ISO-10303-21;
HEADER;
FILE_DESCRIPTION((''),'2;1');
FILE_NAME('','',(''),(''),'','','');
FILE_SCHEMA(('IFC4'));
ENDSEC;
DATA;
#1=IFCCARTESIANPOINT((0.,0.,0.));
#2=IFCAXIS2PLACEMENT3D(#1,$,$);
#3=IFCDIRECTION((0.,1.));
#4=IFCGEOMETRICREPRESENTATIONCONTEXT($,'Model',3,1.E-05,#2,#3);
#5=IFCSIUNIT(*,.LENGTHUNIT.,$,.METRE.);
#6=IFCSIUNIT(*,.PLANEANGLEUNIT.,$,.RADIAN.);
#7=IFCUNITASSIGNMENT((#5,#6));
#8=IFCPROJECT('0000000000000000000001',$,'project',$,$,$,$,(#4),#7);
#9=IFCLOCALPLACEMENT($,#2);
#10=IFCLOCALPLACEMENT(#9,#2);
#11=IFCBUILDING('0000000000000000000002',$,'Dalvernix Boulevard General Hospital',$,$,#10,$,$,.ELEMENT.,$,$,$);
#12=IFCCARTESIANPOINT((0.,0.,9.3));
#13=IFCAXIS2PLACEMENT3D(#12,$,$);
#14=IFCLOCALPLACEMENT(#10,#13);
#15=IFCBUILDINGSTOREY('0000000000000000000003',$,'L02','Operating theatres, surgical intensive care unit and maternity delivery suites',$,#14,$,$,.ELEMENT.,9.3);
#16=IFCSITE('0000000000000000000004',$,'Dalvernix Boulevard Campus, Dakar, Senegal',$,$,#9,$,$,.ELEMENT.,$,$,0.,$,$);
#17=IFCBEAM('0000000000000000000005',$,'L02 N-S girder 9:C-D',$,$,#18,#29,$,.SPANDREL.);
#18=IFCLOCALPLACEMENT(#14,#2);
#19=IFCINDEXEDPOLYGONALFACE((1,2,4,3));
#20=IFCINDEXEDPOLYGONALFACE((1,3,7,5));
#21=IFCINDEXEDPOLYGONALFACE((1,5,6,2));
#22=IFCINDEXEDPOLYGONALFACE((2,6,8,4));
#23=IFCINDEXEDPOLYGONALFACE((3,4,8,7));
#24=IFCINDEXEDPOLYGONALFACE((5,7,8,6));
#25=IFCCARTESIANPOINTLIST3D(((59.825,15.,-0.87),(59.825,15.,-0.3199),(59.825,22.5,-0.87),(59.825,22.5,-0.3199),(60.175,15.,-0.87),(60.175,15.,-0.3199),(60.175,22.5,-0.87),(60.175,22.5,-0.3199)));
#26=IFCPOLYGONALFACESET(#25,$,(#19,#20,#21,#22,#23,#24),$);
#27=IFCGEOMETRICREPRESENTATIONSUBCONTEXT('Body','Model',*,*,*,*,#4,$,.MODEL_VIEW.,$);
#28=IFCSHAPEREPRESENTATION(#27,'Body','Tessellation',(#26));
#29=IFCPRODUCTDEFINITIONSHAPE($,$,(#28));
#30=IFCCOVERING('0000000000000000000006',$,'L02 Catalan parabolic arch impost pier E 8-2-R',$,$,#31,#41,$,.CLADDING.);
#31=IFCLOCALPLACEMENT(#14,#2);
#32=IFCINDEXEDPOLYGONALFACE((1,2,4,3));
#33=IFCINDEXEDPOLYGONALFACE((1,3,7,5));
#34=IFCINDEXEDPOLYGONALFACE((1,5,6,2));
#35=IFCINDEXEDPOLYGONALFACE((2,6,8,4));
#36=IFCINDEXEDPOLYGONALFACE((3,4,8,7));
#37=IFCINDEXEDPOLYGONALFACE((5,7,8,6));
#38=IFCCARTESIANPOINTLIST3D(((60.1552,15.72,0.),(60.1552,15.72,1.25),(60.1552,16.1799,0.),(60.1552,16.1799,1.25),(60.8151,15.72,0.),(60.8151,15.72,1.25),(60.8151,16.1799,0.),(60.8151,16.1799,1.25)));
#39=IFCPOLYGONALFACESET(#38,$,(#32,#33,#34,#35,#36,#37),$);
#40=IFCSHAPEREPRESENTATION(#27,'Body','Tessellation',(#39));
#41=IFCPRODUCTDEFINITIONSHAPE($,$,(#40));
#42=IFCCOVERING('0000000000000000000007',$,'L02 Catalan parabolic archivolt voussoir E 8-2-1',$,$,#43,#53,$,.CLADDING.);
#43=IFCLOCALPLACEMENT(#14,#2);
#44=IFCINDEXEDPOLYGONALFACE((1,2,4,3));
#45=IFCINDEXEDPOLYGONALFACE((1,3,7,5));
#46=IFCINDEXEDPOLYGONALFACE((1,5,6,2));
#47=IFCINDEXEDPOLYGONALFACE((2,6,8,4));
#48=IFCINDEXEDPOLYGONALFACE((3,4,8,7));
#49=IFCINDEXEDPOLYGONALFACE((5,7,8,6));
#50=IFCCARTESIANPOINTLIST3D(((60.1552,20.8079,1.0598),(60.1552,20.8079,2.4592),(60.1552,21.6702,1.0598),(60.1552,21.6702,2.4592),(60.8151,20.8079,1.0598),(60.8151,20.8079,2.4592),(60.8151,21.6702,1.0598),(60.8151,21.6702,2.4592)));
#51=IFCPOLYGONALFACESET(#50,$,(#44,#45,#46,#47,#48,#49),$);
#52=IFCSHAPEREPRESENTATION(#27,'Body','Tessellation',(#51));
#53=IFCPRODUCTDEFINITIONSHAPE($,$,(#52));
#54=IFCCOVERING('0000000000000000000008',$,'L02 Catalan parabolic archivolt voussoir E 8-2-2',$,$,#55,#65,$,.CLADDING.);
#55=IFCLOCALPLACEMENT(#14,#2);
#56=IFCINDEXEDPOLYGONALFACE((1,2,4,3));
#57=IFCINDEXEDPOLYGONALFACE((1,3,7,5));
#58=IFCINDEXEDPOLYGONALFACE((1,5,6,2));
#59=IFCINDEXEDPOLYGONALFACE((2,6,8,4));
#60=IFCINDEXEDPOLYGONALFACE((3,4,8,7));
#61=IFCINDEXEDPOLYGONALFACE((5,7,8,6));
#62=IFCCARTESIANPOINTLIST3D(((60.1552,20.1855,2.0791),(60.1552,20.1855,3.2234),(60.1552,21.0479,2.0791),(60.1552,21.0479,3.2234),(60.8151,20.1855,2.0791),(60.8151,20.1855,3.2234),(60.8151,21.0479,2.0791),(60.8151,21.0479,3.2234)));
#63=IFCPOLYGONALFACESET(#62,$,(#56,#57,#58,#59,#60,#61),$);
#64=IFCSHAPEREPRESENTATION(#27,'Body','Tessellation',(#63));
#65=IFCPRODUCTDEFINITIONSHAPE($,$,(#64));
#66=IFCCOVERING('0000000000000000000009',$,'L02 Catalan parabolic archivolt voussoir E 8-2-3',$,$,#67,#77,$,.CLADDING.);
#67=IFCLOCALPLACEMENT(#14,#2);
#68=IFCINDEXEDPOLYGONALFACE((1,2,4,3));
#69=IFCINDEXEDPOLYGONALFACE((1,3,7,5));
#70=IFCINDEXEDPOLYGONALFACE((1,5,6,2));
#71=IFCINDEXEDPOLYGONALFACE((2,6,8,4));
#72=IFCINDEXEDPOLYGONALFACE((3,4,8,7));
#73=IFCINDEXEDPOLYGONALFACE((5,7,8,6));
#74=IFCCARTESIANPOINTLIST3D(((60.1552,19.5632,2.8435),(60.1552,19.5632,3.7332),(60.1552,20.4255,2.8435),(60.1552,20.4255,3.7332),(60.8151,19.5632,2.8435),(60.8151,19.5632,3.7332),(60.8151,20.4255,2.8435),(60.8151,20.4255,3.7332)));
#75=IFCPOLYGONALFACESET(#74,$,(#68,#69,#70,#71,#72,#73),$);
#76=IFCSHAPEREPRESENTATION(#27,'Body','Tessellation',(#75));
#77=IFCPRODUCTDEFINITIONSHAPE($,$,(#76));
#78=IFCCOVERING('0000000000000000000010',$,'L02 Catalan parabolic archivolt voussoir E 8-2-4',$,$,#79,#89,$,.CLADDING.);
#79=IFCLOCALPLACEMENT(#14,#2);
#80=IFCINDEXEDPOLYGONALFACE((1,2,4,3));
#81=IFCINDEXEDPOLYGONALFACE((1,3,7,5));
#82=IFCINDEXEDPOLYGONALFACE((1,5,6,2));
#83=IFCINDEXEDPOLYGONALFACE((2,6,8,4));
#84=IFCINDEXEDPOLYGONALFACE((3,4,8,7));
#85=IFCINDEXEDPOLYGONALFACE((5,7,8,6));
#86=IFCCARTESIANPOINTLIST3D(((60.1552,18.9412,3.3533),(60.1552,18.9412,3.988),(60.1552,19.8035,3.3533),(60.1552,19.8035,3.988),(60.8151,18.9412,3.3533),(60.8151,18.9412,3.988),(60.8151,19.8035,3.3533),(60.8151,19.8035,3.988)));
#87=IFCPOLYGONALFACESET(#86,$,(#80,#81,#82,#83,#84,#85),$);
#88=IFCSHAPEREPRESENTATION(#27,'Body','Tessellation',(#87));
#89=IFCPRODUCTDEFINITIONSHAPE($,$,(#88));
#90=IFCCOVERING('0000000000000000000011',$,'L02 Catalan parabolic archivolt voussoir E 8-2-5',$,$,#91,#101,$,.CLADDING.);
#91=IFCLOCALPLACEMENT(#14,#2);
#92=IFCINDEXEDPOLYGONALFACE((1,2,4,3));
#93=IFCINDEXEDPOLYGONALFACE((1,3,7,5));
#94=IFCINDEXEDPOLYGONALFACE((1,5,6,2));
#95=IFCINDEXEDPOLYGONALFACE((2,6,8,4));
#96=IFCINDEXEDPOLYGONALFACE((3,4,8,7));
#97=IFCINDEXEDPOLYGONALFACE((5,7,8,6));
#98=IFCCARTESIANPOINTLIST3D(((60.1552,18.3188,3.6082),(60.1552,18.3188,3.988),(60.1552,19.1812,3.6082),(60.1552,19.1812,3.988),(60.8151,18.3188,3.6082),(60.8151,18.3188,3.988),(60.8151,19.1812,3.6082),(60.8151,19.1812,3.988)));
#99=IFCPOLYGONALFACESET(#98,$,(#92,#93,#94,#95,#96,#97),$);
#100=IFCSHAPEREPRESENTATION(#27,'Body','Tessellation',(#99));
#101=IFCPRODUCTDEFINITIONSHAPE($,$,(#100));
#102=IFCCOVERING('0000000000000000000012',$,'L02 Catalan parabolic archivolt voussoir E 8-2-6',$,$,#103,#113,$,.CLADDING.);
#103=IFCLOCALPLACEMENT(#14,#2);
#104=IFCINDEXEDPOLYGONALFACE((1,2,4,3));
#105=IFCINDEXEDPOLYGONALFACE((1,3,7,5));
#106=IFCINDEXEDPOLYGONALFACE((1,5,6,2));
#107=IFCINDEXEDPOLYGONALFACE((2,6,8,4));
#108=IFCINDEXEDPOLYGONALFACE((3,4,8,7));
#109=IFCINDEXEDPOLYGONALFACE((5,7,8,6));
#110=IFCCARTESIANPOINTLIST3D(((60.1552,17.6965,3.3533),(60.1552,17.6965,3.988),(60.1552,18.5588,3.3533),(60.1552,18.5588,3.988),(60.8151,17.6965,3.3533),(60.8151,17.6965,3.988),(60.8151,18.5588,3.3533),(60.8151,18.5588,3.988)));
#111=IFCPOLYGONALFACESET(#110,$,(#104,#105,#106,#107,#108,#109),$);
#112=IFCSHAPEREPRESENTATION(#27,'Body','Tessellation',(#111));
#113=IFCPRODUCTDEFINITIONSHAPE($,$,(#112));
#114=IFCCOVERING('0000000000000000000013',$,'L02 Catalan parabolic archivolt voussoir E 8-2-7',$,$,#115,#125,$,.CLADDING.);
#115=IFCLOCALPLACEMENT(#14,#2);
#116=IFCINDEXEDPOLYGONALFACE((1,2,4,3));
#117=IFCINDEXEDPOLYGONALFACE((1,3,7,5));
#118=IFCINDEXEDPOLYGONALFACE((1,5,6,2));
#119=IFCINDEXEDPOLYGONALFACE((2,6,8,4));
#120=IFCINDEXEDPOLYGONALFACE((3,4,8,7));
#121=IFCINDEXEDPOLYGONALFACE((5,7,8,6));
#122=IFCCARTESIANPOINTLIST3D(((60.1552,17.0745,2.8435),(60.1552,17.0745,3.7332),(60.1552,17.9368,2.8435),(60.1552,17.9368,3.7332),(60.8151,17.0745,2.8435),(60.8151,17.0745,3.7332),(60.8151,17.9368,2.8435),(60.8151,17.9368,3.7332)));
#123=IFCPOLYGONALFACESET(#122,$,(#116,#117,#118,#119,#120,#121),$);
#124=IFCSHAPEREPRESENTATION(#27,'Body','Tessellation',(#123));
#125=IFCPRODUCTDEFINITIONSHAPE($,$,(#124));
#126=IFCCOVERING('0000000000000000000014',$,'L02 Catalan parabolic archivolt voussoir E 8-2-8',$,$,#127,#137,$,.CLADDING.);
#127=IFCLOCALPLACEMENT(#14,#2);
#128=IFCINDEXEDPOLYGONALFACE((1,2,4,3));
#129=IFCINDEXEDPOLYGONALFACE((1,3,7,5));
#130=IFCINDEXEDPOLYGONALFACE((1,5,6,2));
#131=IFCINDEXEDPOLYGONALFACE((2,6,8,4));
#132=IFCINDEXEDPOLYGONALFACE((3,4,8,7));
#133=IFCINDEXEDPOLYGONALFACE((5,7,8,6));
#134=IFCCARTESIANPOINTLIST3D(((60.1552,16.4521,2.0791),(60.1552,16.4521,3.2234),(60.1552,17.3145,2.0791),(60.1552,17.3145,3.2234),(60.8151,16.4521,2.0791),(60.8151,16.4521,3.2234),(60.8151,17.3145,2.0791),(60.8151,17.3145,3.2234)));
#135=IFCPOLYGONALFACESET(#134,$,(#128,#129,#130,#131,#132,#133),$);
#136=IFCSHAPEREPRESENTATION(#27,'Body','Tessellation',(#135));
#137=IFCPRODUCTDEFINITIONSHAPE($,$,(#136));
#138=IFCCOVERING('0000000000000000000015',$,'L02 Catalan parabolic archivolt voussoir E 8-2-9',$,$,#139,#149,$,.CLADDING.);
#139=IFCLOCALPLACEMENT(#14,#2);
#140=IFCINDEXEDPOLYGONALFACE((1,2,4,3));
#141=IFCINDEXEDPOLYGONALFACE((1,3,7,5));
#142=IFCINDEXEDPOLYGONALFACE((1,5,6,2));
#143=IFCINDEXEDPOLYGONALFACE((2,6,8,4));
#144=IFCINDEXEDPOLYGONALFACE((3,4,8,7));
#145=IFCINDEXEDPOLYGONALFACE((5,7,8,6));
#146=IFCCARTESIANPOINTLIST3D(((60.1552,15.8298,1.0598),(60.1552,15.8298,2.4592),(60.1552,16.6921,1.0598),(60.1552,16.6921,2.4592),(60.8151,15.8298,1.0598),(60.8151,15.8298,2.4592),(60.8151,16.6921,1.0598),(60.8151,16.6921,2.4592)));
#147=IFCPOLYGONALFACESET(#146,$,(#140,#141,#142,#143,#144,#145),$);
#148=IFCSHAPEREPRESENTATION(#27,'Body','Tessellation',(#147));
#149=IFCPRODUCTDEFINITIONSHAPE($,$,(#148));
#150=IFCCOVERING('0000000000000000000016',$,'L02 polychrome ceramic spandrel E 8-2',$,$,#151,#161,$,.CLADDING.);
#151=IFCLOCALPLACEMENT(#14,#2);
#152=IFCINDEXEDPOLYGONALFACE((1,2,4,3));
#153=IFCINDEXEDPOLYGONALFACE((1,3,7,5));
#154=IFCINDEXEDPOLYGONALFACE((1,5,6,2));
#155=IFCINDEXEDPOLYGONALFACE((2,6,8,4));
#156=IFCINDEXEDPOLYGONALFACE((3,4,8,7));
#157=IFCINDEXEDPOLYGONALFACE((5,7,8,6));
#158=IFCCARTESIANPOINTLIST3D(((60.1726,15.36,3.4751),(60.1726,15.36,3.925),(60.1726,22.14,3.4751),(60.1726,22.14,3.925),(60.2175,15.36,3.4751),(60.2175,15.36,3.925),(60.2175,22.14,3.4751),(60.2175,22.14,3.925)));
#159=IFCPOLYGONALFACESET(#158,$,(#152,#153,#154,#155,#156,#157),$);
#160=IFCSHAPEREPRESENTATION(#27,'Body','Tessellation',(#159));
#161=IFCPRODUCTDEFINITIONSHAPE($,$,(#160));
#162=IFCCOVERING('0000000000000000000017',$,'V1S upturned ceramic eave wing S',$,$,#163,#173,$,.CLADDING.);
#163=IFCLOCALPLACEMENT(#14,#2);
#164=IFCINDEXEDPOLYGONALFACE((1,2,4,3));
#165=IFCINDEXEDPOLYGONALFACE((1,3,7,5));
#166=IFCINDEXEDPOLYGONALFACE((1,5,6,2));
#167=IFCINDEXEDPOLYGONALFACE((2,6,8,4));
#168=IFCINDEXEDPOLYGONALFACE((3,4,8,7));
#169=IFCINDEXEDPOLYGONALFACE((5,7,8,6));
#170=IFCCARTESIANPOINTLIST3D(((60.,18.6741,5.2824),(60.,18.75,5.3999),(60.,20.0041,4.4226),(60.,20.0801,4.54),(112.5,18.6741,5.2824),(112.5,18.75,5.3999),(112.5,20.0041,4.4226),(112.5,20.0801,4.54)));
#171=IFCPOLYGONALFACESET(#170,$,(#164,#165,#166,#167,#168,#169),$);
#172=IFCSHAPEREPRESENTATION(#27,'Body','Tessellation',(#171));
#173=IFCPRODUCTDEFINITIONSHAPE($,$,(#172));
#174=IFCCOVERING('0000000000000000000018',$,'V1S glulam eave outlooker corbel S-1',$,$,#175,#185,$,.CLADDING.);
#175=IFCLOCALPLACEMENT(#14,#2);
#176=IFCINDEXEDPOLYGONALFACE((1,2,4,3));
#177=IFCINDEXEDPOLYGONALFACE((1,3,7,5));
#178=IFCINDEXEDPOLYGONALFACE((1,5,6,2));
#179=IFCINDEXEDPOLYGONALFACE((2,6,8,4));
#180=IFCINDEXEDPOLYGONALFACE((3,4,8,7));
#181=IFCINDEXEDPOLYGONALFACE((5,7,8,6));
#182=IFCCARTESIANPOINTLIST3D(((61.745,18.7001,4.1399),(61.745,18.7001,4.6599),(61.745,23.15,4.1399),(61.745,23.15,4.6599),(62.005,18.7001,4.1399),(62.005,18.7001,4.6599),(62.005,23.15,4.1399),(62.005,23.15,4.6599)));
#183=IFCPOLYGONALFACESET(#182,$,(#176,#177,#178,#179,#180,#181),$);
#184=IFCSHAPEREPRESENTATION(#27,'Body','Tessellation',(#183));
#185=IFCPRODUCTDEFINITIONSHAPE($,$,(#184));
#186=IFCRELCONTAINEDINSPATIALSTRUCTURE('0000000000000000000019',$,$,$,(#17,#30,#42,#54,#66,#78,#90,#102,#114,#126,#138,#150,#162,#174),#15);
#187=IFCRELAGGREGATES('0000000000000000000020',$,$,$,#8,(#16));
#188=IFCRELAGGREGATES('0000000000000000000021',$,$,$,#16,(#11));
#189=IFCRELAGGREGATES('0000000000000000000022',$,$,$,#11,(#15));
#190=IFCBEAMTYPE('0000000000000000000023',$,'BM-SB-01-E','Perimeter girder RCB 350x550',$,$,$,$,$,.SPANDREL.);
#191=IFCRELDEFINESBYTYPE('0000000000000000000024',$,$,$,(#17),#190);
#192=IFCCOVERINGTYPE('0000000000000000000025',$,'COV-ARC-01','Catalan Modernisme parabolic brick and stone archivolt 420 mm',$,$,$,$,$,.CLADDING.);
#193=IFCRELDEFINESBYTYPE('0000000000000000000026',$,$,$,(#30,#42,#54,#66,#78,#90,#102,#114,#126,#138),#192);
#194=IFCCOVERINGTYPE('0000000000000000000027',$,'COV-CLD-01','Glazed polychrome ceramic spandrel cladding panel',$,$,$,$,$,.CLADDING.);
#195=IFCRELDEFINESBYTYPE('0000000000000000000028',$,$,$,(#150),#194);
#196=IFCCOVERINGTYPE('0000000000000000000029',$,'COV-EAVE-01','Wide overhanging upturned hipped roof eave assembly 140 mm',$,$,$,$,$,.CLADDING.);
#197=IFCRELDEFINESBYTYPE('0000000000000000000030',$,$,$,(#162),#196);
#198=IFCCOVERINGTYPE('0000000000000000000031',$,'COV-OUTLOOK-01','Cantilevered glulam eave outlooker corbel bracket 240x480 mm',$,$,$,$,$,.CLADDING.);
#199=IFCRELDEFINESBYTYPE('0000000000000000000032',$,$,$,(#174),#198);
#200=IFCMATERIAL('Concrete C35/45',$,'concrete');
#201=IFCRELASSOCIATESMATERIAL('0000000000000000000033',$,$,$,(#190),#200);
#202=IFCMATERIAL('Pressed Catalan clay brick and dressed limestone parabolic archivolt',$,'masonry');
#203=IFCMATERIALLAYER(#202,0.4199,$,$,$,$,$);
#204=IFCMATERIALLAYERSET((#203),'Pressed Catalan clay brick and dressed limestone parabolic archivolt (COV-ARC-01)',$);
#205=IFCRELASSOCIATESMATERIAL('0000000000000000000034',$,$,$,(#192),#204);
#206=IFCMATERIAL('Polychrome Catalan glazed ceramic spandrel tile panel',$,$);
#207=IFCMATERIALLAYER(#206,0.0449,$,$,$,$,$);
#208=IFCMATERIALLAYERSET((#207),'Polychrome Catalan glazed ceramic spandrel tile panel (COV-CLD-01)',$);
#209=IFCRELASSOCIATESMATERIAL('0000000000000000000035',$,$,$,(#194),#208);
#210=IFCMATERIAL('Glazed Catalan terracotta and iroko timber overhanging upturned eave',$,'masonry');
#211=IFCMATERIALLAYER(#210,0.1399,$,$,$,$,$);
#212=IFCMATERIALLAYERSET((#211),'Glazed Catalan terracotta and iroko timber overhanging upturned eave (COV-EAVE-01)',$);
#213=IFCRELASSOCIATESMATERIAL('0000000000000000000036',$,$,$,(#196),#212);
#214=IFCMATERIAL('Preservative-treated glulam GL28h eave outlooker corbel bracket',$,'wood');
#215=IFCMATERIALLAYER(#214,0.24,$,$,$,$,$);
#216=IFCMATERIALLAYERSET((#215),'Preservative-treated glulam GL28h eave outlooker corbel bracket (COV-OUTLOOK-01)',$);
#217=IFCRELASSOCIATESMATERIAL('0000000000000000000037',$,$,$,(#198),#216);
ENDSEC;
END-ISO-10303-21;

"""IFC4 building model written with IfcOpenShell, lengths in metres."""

from ifc_helpers import new_model, si_unit, direction, frame, origin, origin_2d, place, context, subcontext, project, spatial, polyline, rectangle, outline, extrude, material, layer, layer_set, material_profile, profile_set, type_object, element, save


model = new_model("IFC4")

# Units and contexts
model_context = context("Model", 3, precision=1e-05, world=origin(), true_north=direction((0.0, 1.0)))
body_context = subcontext(model_context, "Body", "Model", "MODEL_VIEW")
ifc_project = project(units=[si_unit("LENGTHUNIT", "METRE"), si_unit("PLANEANGLEUNIT", "RADIAN")], contexts=[model_context])

# Site, building, storey
site_placement = place(None, origin())
site = spatial("IfcSite", under=ifc_project, at=site_placement, Name="Dalvernix Boulevard Campus, Dakar, Senegal", CompositionType="ELEMENT", RefElevation=0.0)
building_placement = place(site_placement, origin())
building = spatial("IfcBuilding", under=site, at=building_placement, Name="Dalvernix Boulevard General Hospital", CompositionType="ELEMENT")
storey_placement = place(building_placement, frame((0.0, 0.0, 9.3)))
storey = spatial("IfcBuildingStorey", under=building, at=storey_placement, Name="L02", Description="Operating theatres, surgical intensive care unit and maternity delivery suites", CompositionType="ELEMENT", Elevation=9.3)

# Beam
ifc_material_1 = material(Name="Concrete C35/45", Category="concrete")
ifc_material_profile = material_profile(ifc_material_1, rectangle(XDim=0.3501, YDim=0.55, at=origin_2d()), Name="RCB 350x550")
ifc_profile_set = profile_set([ifc_material_profile], Name="Concrete C35/45")
beam_type = type_object("IfcBeamType", Name="BM-SB-01-E", Description="Perimeter girder RCB 350x550", PredefinedType="SPANDREL", material=ifc_profile_set)
beam_placement = place(storey_placement, frame((60.0, 15.0, -0.595), z_axis=(0.0, 1.0, 0.0), x_axis=(-1.0, 0.0, 0.0)))
element("IfcBeam", 1, at=beam_placement, inside=storey, type_object=beam_type, Name="L02 N-S girder 9:C-D", PredefinedType="SPANDREL", context=body_context, shape_type="SweptSolid", body=[
    extrude(rectangle(XDim=0.3501, YDim=0.55, at=origin_2d()), origin(), (0.0, 0.0, 1.0), 7.5),
])

# Coverings
ifc_material_2 = material(Name="Pressed Catalan clay brick and dressed limestone parabolic archivolt", Category="masonry")
ifc_layer_1 = layer(ifc_material_2, 0.4199)
ifc_layer_set_1 = layer_set([ifc_layer_1], Name="Pressed Catalan clay brick and dressed limestone parabolic archivolt (COV-ARC-01)")
covering_type_1 = type_object("IfcCoveringType", Name="COV-ARC-01", Description="Catalan Modernisme parabolic brick and stone archivolt 420 mm", PredefinedType="CLADDING", material=ifc_layer_set_1)
covering_1_placement = place(storey_placement, frame((60.4851, 15.95, 0.0), z_axis=(0.0, 0.0, 1.0), x_axis=(0.0, -1.0, 0.0)))
element("IfcCovering", 2, at=covering_1_placement, inside=storey, type_object=covering_type_1, Name="L02 Catalan parabolic arch impost pier E 8-2-R", PredefinedType="CLADDING", context=body_context, shape_type="SweptSolid", body=[
    extrude(rectangle(XDim=0.46, YDim=0.6599, at=origin_2d()), origin(), (0.0, 0.0, 1.0), 1.25),
])
covering_2_placement = place(storey_placement, frame((60.4851, 21.239, 1.0598), z_axis=(0.0, 0.0, 1.0), x_axis=(0.0, -1.0, 0.0)))
element("IfcCovering", 3, at=covering_2_placement, inside=storey, type_object=covering_type_1, Name="L02 Catalan parabolic archivolt voussoir E 8-2-1", PredefinedType="CLADDING", context=body_context, shape_type="SweptSolid", body=[
    extrude(rectangle(XDim=0.8623, YDim=0.6599, at=origin_2d()), origin(), (0.0, 0.0, 1.0), 1.3994),
])
covering_3_placement = place(storey_placement, frame((60.4851, 20.6167, 2.0791), z_axis=(0.0, 0.0, 1.0), x_axis=(0.0, -1.0, 0.0)))
element("IfcCovering", 4, at=covering_3_placement, inside=storey, type_object=covering_type_1, Name="L02 Catalan parabolic archivolt voussoir E 8-2-2", PredefinedType="CLADDING", context=body_context, shape_type="SweptSolid", body=[
    extrude(rectangle(XDim=0.8623, YDim=0.6599, at=origin_2d()), origin(), (0.0, 0.0, 1.0), 1.1443),
])
covering_4_placement = place(storey_placement, frame((60.4851, 19.9944, 2.8435), z_axis=(0.0, 0.0, 1.0), x_axis=(0.0, -1.0, 0.0)))
element("IfcCovering", 5, at=covering_4_placement, inside=storey, type_object=covering_type_1, Name="L02 Catalan parabolic archivolt voussoir E 8-2-3", PredefinedType="CLADDING", context=body_context, shape_type="SweptSolid", body=[
    extrude(rectangle(XDim=0.8623, YDim=0.6599, at=origin_2d()), origin(), (0.0, 0.0, 1.0), 0.8896),
])
covering_5_placement = place(storey_placement, frame((60.4851, 19.3723, 3.3533), z_axis=(0.0, 0.0, 1.0), x_axis=(0.0, -1.0, 0.0)))
element("IfcCovering", 6, at=covering_5_placement, inside=storey, type_object=covering_type_1, Name="L02 Catalan parabolic archivolt voussoir E 8-2-4", PredefinedType="CLADDING", context=body_context, shape_type="SweptSolid", body=[
    extrude(rectangle(XDim=0.8623, YDim=0.6599, at=origin_2d()), origin(), (0.0, 0.0, 1.0), 0.6348),
])
covering_6_placement = place(storey_placement, frame((60.4851, 18.75, 3.6082), z_axis=(0.0, 0.0, 1.0), x_axis=(0.0, -1.0, 0.0)))
element("IfcCovering", 7, at=covering_6_placement, inside=storey, type_object=covering_type_1, Name="L02 Catalan parabolic archivolt voussoir E 8-2-5", PredefinedType="CLADDING", context=body_context, shape_type="SweptSolid", body=[
    extrude(rectangle(XDim=0.8623, YDim=0.6599, at=origin_2d()), origin(), (0.0, 0.0, 1.0), 0.3799),
])
covering_7_placement = place(storey_placement, frame((60.4851, 18.1277, 3.3533), z_axis=(0.0, 0.0, 1.0), x_axis=(0.0, -1.0, 0.0)))
element("IfcCovering", 8, at=covering_7_placement, inside=storey, type_object=covering_type_1, Name="L02 Catalan parabolic archivolt voussoir E 8-2-6", PredefinedType="CLADDING", context=body_context, shape_type="SweptSolid", body=[
    extrude(rectangle(XDim=0.8623, YDim=0.6599, at=origin_2d()), origin(), (0.0, 0.0, 1.0), 0.6348),
])
covering_8_placement = place(storey_placement, frame((60.4851, 17.5056, 2.8435), z_axis=(0.0, 0.0, 1.0), x_axis=(0.0, -1.0, 0.0)))
element("IfcCovering", 9, at=covering_8_placement, inside=storey, type_object=covering_type_1, Name="L02 Catalan parabolic archivolt voussoir E 8-2-7", PredefinedType="CLADDING", context=body_context, shape_type="SweptSolid", body=[
    extrude(rectangle(XDim=0.8623, YDim=0.6599, at=origin_2d()), origin(), (0.0, 0.0, 1.0), 0.8896),
])
covering_9_placement = place(storey_placement, frame((60.4851, 16.8833, 2.0791), z_axis=(0.0, 0.0, 1.0), x_axis=(0.0, -1.0, 0.0)))
element("IfcCovering", 10, at=covering_9_placement, inside=storey, type_object=covering_type_1, Name="L02 Catalan parabolic archivolt voussoir E 8-2-8", PredefinedType="CLADDING", context=body_context, shape_type="SweptSolid", body=[
    extrude(rectangle(XDim=0.8623, YDim=0.6599, at=origin_2d()), origin(), (0.0, 0.0, 1.0), 1.1443),
])
covering_10_placement = place(storey_placement, frame((60.4851, 16.261, 1.0598), z_axis=(0.0, 0.0, 1.0), x_axis=(0.0, -1.0, 0.0)))
element("IfcCovering", 11, at=covering_10_placement, inside=storey, type_object=covering_type_1, Name="L02 Catalan parabolic archivolt voussoir E 8-2-9", PredefinedType="CLADDING", context=body_context, shape_type="SweptSolid", body=[
    extrude(rectangle(XDim=0.8623, YDim=0.6599, at=origin_2d()), origin(), (0.0, 0.0, 1.0), 1.3994),
])
ifc_material_3 = material(Name="Polychrome Catalan glazed ceramic spandrel tile panel")
ifc_layer_2 = layer(ifc_material_3, 0.0449)
ifc_layer_set_2 = layer_set([ifc_layer_2], Name="Polychrome Catalan glazed ceramic spandrel tile panel (COV-CLD-01)")
covering_type_2 = type_object("IfcCoveringType", Name="COV-CLD-01", Description="Glazed polychrome ceramic spandrel cladding panel", PredefinedType="CLADDING", material=ifc_layer_set_2)
covering_11_placement = place(storey_placement, frame((60.1951, 18.75, 3.4751), z_axis=(0.0, 0.0, 1.0), x_axis=(0.0, -1.0, 0.0)))
element("IfcCovering", 12, at=covering_11_placement, inside=storey, type_object=covering_type_2, Name="L02 polychrome ceramic spandrel E 8-2", PredefinedType="CLADDING", context=body_context, shape_type="SweptSolid", body=[
    extrude(rectangle(XDim=6.78, YDim=0.0449, at=origin_2d()), origin(), (0.0, 0.0, 1.0), 0.45),
])
ifc_material_4 = material(Name="Glazed Catalan terracotta and iroko timber overhanging upturned eave", Category="masonry")
ifc_layer_3 = layer(ifc_material_4, 0.1399)
ifc_layer_set_3 = layer_set([ifc_layer_3], Name="Glazed Catalan terracotta and iroko timber overhanging upturned eave (COV-EAVE-01)")
covering_type_3 = type_object("IfcCoveringType", Name="COV-EAVE-01", Description="Wide overhanging upturned hipped roof eave assembly 140 mm", PredefinedType="CLADDING", material=ifc_layer_set_3)
covering_12_placement = place(storey_placement, frame((60.0, 20.0801, 4.54), z_axis=(0.0, 0.542906, 0.839793), x_axis=(1.0, 0.0, 0.0)))
element("IfcCovering", 13, at=covering_12_placement, inside=storey, type_object=covering_type_3, Name="V1S upturned ceramic eave wing S", PredefinedType="CLADDING", context=body_context, shape_type="SweptSolid", body=[
    extrude(outline(polyline([(0.0, 0.0), (52.5, 0.0), (52.5, -1.5838), (0.0, -1.5838), (0.0, 0.0)])), origin(), (0.0, 0.0, -1.0), 0.1399),
])
ifc_material_5 = material(Name="Preservative-treated glulam GL28h eave outlooker corbel bracket", Category="wood")
ifc_layer_4 = layer(ifc_material_5, 0.24)
ifc_layer_set_4 = layer_set([ifc_layer_4], Name="Preservative-treated glulam GL28h eave outlooker corbel bracket (COV-OUTLOOK-01)")
covering_type_4 = type_object("IfcCoveringType", Name="COV-OUTLOOK-01", Description="Cantilevered glulam eave outlooker corbel bracket 240x480 mm", PredefinedType="CLADDING", material=ifc_layer_set_4)
covering_13_placement = place(storey_placement, frame((61.875, 20.925, 4.1399), z_axis=(0.0, 0.0, 1.0), x_axis=(1.0, 0.0, 0.0)))
element("IfcCovering", 14, at=covering_13_placement, inside=storey, type_object=covering_type_4, Name="V1S glulam eave outlooker corbel S-1", PredefinedType="CLADDING", context=body_context, shape_type="SweptSolid", body=[
    extrude(rectangle(XDim=0.26, YDim=4.45, at=origin_2d()), origin(), (0.0, 0.0, 1.0), 0.52),
])

save(model, "model.ifc")
